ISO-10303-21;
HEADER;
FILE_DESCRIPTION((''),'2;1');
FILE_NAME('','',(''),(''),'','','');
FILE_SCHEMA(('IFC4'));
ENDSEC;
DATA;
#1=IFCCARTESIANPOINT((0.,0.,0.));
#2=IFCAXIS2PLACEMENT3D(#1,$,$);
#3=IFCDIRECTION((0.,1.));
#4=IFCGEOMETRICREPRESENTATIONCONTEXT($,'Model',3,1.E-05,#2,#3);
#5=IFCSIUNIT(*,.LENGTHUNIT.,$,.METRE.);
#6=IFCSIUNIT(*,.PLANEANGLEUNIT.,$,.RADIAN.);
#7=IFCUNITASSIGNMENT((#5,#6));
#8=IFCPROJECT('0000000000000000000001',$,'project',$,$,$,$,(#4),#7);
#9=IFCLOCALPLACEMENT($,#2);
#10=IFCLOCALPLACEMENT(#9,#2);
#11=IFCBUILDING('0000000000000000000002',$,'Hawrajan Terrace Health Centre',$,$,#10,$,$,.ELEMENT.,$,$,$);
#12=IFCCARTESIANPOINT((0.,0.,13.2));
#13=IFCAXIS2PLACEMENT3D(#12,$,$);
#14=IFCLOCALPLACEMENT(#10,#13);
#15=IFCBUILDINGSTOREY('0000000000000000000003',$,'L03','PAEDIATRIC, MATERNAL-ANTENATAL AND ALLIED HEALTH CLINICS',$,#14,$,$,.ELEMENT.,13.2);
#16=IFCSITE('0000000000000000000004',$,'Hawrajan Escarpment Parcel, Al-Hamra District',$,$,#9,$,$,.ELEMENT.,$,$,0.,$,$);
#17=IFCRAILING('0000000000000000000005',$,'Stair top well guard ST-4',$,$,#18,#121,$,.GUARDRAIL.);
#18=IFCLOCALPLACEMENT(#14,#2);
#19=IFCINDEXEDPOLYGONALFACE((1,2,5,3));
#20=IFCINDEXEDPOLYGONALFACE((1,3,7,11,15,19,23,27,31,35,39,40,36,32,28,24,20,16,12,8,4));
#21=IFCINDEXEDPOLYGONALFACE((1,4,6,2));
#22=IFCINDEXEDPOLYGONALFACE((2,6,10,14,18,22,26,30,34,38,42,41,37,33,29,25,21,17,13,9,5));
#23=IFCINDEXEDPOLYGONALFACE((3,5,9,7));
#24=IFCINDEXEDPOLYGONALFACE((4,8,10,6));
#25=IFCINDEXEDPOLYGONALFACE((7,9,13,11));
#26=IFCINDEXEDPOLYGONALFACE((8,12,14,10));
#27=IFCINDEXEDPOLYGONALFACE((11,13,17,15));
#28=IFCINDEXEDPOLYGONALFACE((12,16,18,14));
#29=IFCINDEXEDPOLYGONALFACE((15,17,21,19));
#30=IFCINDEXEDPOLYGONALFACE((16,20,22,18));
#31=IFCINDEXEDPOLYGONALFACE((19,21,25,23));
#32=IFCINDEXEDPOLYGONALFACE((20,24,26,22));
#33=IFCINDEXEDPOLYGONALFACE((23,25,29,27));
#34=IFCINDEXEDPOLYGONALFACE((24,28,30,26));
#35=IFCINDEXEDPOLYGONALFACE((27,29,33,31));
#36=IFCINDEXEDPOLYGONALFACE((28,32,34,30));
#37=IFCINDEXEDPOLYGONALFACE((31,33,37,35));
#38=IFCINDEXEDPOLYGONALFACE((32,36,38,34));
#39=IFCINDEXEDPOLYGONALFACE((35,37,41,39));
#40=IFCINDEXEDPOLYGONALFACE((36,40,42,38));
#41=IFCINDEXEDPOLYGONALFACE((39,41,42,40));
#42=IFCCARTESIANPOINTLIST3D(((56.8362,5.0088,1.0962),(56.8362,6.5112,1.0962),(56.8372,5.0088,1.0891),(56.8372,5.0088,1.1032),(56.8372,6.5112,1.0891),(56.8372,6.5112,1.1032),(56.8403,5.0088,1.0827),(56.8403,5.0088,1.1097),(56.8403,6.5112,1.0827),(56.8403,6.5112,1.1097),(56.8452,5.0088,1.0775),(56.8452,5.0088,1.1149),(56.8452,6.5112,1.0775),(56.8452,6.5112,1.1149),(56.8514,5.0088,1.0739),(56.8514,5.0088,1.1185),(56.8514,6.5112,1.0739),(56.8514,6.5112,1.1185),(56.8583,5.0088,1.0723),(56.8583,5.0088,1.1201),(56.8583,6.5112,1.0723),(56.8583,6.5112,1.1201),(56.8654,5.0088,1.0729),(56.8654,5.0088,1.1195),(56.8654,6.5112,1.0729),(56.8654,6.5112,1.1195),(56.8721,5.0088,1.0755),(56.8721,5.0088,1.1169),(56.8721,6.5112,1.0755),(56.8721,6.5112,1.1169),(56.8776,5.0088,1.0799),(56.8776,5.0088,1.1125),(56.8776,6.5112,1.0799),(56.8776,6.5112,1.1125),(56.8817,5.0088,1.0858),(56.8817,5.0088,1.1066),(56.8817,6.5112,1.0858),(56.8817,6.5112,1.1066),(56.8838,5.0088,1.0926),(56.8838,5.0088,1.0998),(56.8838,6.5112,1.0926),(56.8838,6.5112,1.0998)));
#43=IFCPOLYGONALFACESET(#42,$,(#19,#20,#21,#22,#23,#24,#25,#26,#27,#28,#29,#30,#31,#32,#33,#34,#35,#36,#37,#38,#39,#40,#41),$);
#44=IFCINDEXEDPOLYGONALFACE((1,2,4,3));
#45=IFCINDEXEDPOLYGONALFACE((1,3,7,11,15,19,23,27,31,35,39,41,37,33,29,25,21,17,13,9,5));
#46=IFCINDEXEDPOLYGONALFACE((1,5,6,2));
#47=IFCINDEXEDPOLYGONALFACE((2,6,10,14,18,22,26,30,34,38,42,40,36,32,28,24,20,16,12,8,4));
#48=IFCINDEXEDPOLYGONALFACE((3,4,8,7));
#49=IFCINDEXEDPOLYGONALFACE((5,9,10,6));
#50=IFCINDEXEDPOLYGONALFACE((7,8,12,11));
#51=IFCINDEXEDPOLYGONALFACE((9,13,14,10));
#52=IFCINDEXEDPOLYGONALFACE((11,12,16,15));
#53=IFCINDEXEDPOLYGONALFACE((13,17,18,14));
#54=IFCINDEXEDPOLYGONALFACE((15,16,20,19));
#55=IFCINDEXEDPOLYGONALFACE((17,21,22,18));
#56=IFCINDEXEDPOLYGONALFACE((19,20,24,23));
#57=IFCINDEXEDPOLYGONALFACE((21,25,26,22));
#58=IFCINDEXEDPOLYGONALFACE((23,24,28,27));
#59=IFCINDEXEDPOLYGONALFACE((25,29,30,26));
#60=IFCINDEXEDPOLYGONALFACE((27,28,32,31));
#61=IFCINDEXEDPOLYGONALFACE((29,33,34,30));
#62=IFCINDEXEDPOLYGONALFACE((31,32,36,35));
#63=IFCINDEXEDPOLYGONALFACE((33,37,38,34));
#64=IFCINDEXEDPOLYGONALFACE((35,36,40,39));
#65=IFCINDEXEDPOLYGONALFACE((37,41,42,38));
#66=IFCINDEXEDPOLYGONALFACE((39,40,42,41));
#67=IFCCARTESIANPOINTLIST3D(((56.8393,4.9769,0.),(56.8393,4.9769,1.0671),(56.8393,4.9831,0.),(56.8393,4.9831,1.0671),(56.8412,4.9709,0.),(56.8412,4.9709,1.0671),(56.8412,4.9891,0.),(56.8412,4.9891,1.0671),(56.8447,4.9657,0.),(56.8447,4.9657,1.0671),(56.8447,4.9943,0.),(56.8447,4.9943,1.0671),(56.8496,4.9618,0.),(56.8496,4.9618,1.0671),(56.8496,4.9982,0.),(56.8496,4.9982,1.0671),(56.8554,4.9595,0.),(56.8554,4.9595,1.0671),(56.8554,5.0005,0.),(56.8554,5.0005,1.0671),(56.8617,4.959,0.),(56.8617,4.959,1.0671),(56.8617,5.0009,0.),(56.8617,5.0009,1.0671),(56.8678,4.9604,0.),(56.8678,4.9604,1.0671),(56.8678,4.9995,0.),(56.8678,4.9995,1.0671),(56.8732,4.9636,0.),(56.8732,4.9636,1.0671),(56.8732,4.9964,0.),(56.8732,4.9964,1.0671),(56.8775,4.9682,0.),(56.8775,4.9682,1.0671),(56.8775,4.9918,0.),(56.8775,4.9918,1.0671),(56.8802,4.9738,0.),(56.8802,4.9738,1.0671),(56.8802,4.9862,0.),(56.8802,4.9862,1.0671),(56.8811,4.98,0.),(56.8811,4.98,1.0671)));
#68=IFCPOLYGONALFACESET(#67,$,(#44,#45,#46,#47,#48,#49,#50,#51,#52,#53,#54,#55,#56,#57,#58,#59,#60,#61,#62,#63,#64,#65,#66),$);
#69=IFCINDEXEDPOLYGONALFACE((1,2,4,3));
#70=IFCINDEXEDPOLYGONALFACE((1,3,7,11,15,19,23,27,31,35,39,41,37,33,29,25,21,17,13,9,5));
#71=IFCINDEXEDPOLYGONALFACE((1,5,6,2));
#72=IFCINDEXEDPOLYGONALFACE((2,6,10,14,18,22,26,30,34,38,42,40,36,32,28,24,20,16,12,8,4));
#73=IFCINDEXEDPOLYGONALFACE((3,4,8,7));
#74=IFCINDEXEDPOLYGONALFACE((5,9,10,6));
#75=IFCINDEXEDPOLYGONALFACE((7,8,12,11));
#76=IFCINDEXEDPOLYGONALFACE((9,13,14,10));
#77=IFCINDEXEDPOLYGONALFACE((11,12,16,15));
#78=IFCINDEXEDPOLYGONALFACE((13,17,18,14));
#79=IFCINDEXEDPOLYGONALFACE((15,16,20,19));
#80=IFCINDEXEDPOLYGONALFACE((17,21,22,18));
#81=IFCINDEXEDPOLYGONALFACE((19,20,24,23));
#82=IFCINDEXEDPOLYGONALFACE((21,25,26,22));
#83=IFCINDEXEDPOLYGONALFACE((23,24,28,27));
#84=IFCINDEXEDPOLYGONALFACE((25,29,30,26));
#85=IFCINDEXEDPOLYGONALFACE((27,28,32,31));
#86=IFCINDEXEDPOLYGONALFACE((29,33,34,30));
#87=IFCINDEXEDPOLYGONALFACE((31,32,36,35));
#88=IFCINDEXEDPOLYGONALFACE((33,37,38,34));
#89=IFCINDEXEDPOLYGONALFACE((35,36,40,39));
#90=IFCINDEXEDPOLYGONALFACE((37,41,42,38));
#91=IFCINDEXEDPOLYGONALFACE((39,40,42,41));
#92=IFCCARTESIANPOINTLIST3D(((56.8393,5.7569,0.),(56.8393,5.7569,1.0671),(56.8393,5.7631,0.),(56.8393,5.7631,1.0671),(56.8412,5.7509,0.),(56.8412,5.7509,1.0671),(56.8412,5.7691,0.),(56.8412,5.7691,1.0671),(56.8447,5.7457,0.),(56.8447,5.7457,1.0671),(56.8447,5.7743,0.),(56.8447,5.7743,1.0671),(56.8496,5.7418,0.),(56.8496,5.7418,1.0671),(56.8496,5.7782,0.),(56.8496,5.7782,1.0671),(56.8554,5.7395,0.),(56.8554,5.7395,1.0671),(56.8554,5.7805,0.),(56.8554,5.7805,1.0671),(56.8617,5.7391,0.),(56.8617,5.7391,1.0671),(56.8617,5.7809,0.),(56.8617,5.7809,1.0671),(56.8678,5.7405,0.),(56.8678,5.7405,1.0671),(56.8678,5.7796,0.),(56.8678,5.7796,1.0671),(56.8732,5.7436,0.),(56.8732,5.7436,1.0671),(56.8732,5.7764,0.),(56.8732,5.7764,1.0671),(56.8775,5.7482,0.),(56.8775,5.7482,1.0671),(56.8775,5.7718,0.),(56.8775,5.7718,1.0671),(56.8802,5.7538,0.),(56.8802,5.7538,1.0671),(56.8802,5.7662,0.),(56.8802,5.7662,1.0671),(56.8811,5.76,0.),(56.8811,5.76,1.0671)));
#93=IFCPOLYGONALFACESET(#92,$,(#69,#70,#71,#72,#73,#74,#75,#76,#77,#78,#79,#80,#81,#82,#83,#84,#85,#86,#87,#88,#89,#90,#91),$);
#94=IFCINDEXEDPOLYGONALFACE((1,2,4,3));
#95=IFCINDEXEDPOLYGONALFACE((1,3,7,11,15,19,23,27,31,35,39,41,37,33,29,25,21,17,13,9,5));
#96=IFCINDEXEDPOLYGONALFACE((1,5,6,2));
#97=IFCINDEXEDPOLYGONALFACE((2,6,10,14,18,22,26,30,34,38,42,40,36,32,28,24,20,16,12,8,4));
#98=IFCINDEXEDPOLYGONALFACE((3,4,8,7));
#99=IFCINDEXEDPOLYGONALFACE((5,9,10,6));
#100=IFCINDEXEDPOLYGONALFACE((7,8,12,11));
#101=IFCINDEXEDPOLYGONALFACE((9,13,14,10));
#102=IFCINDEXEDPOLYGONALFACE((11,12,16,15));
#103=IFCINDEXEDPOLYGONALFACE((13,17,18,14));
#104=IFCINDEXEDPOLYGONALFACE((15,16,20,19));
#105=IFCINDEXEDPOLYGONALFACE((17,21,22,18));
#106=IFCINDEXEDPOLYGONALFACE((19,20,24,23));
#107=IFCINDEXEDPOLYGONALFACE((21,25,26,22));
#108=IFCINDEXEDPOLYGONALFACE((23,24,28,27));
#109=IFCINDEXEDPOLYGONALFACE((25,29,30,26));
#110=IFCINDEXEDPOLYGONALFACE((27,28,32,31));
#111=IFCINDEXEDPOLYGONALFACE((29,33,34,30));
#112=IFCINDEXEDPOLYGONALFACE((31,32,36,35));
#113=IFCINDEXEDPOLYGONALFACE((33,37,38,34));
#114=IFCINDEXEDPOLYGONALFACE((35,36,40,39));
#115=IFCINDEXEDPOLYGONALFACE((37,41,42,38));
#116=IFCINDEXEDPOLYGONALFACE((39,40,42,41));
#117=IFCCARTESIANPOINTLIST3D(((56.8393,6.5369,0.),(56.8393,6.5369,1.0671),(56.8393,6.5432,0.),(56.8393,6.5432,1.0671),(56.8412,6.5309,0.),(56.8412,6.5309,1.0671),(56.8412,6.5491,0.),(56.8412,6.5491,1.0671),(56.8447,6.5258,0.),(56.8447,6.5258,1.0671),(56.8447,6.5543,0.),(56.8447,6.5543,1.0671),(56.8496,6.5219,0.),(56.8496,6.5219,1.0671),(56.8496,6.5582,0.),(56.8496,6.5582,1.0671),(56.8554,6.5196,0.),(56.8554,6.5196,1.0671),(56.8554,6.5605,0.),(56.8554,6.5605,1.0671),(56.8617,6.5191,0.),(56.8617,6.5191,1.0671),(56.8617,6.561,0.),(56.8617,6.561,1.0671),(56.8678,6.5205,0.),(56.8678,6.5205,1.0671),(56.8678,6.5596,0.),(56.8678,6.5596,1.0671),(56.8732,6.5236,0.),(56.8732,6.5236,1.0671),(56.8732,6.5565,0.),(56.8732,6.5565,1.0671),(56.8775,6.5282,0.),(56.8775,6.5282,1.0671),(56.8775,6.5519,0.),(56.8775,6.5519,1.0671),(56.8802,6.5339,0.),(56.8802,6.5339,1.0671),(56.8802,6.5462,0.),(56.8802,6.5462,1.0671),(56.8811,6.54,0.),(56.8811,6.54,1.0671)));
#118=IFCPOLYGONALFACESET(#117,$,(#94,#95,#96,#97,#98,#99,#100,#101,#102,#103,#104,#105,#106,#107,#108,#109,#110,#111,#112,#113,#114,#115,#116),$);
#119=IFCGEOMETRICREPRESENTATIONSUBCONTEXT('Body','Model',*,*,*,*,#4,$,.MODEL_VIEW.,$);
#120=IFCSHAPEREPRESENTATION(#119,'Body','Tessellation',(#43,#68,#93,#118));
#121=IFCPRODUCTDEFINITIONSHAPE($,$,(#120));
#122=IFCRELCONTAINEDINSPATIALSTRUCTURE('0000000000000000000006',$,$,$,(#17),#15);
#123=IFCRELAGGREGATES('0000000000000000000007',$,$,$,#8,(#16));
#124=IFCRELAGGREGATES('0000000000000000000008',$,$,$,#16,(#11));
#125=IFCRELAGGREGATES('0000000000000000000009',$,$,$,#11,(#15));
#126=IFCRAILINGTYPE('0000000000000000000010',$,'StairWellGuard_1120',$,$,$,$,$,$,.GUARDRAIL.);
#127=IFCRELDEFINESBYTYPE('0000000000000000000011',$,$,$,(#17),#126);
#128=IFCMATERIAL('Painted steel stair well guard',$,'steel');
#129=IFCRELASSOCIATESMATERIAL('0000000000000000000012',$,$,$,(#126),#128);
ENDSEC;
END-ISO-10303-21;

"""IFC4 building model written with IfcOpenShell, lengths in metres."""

from ifc_helpers import new_model, si_unit, direction, frame, origin, origin_2d, place, context, subcontext, project, spatial, circle, extrude, material, type_object, element, save


model = new_model("IFC4")

# Units and contexts
model_context = context("Model", 3, precision=1e-05, world=origin(), true_north=direction((0.0, 1.0)))
body_context = subcontext(model_context, "Body", "Model", "MODEL_VIEW")
ifc_project = project(units=[si_unit("LENGTHUNIT", "METRE"), si_unit("PLANEANGLEUNIT", "RADIAN")], contexts=[model_context])

# Site, building, storey
site_placement = place(None, origin())
site = spatial("IfcSite", under=ifc_project, at=site_placement, Name="Hawrajan Escarpment Parcel, Al-Hamra District", CompositionType="ELEMENT", RefElevation=0.0)
building_placement = place(site_placement, origin())
building = spatial("IfcBuilding", under=site, at=building_placement, Name="Hawrajan Terrace Health Centre", CompositionType="ELEMENT")
storey_placement = place(building_placement, frame((0.0, 0.0, 13.2)))
storey = spatial("IfcBuildingStorey", under=building, at=storey_placement, Name="L03", Description="PAEDIATRIC, MATERNAL-ANTENATAL AND ALLIED HEALTH CLINICS", CompositionType="ELEMENT", Elevation=13.2)

# Railing
ifc_material_1 = material(Name="Painted steel stair well guard", Category="steel")
railing_type = type_object("IfcRailingType", Name="StairWellGuard_1120", PredefinedType="GUARDRAIL", material=ifc_material_1)
railing_placement = place(storey_placement, frame((56.8601, 4.98, 0.0)))
element("IfcRailing", 1, at=railing_placement, inside=storey, type_object=railing_type, Name="Stair top well guard ST-4", PredefinedType="GUARDRAIL", context=body_context, shape_type="SweptSolid", body=[
    extrude(circle(Radius=0.0239, at=origin_2d()), frame((0.0, 0.0288, 1.0962), z_axis=(0.0, 1.0, 0.0), x_axis=(-1.0, 0.0, 0.0)), (0.0, 0.0, 1.0), 1.5024),
    extrude(circle(Radius=0.021, at=origin_2d()), origin(), (0.0, 0.0, 1.0), 1.0671),
    extrude(circle(Radius=0.021, at=origin_2d()), frame((0.0, 0.78, 0.0)), (0.0, 0.0, 1.0), 1.0671),
    extrude(circle(Radius=0.021, at=origin_2d()), frame((0.0, 1.5601, 0.0)), (0.0, 0.0, 1.0), 1.0671),
])

save(model, "model.ifc")
